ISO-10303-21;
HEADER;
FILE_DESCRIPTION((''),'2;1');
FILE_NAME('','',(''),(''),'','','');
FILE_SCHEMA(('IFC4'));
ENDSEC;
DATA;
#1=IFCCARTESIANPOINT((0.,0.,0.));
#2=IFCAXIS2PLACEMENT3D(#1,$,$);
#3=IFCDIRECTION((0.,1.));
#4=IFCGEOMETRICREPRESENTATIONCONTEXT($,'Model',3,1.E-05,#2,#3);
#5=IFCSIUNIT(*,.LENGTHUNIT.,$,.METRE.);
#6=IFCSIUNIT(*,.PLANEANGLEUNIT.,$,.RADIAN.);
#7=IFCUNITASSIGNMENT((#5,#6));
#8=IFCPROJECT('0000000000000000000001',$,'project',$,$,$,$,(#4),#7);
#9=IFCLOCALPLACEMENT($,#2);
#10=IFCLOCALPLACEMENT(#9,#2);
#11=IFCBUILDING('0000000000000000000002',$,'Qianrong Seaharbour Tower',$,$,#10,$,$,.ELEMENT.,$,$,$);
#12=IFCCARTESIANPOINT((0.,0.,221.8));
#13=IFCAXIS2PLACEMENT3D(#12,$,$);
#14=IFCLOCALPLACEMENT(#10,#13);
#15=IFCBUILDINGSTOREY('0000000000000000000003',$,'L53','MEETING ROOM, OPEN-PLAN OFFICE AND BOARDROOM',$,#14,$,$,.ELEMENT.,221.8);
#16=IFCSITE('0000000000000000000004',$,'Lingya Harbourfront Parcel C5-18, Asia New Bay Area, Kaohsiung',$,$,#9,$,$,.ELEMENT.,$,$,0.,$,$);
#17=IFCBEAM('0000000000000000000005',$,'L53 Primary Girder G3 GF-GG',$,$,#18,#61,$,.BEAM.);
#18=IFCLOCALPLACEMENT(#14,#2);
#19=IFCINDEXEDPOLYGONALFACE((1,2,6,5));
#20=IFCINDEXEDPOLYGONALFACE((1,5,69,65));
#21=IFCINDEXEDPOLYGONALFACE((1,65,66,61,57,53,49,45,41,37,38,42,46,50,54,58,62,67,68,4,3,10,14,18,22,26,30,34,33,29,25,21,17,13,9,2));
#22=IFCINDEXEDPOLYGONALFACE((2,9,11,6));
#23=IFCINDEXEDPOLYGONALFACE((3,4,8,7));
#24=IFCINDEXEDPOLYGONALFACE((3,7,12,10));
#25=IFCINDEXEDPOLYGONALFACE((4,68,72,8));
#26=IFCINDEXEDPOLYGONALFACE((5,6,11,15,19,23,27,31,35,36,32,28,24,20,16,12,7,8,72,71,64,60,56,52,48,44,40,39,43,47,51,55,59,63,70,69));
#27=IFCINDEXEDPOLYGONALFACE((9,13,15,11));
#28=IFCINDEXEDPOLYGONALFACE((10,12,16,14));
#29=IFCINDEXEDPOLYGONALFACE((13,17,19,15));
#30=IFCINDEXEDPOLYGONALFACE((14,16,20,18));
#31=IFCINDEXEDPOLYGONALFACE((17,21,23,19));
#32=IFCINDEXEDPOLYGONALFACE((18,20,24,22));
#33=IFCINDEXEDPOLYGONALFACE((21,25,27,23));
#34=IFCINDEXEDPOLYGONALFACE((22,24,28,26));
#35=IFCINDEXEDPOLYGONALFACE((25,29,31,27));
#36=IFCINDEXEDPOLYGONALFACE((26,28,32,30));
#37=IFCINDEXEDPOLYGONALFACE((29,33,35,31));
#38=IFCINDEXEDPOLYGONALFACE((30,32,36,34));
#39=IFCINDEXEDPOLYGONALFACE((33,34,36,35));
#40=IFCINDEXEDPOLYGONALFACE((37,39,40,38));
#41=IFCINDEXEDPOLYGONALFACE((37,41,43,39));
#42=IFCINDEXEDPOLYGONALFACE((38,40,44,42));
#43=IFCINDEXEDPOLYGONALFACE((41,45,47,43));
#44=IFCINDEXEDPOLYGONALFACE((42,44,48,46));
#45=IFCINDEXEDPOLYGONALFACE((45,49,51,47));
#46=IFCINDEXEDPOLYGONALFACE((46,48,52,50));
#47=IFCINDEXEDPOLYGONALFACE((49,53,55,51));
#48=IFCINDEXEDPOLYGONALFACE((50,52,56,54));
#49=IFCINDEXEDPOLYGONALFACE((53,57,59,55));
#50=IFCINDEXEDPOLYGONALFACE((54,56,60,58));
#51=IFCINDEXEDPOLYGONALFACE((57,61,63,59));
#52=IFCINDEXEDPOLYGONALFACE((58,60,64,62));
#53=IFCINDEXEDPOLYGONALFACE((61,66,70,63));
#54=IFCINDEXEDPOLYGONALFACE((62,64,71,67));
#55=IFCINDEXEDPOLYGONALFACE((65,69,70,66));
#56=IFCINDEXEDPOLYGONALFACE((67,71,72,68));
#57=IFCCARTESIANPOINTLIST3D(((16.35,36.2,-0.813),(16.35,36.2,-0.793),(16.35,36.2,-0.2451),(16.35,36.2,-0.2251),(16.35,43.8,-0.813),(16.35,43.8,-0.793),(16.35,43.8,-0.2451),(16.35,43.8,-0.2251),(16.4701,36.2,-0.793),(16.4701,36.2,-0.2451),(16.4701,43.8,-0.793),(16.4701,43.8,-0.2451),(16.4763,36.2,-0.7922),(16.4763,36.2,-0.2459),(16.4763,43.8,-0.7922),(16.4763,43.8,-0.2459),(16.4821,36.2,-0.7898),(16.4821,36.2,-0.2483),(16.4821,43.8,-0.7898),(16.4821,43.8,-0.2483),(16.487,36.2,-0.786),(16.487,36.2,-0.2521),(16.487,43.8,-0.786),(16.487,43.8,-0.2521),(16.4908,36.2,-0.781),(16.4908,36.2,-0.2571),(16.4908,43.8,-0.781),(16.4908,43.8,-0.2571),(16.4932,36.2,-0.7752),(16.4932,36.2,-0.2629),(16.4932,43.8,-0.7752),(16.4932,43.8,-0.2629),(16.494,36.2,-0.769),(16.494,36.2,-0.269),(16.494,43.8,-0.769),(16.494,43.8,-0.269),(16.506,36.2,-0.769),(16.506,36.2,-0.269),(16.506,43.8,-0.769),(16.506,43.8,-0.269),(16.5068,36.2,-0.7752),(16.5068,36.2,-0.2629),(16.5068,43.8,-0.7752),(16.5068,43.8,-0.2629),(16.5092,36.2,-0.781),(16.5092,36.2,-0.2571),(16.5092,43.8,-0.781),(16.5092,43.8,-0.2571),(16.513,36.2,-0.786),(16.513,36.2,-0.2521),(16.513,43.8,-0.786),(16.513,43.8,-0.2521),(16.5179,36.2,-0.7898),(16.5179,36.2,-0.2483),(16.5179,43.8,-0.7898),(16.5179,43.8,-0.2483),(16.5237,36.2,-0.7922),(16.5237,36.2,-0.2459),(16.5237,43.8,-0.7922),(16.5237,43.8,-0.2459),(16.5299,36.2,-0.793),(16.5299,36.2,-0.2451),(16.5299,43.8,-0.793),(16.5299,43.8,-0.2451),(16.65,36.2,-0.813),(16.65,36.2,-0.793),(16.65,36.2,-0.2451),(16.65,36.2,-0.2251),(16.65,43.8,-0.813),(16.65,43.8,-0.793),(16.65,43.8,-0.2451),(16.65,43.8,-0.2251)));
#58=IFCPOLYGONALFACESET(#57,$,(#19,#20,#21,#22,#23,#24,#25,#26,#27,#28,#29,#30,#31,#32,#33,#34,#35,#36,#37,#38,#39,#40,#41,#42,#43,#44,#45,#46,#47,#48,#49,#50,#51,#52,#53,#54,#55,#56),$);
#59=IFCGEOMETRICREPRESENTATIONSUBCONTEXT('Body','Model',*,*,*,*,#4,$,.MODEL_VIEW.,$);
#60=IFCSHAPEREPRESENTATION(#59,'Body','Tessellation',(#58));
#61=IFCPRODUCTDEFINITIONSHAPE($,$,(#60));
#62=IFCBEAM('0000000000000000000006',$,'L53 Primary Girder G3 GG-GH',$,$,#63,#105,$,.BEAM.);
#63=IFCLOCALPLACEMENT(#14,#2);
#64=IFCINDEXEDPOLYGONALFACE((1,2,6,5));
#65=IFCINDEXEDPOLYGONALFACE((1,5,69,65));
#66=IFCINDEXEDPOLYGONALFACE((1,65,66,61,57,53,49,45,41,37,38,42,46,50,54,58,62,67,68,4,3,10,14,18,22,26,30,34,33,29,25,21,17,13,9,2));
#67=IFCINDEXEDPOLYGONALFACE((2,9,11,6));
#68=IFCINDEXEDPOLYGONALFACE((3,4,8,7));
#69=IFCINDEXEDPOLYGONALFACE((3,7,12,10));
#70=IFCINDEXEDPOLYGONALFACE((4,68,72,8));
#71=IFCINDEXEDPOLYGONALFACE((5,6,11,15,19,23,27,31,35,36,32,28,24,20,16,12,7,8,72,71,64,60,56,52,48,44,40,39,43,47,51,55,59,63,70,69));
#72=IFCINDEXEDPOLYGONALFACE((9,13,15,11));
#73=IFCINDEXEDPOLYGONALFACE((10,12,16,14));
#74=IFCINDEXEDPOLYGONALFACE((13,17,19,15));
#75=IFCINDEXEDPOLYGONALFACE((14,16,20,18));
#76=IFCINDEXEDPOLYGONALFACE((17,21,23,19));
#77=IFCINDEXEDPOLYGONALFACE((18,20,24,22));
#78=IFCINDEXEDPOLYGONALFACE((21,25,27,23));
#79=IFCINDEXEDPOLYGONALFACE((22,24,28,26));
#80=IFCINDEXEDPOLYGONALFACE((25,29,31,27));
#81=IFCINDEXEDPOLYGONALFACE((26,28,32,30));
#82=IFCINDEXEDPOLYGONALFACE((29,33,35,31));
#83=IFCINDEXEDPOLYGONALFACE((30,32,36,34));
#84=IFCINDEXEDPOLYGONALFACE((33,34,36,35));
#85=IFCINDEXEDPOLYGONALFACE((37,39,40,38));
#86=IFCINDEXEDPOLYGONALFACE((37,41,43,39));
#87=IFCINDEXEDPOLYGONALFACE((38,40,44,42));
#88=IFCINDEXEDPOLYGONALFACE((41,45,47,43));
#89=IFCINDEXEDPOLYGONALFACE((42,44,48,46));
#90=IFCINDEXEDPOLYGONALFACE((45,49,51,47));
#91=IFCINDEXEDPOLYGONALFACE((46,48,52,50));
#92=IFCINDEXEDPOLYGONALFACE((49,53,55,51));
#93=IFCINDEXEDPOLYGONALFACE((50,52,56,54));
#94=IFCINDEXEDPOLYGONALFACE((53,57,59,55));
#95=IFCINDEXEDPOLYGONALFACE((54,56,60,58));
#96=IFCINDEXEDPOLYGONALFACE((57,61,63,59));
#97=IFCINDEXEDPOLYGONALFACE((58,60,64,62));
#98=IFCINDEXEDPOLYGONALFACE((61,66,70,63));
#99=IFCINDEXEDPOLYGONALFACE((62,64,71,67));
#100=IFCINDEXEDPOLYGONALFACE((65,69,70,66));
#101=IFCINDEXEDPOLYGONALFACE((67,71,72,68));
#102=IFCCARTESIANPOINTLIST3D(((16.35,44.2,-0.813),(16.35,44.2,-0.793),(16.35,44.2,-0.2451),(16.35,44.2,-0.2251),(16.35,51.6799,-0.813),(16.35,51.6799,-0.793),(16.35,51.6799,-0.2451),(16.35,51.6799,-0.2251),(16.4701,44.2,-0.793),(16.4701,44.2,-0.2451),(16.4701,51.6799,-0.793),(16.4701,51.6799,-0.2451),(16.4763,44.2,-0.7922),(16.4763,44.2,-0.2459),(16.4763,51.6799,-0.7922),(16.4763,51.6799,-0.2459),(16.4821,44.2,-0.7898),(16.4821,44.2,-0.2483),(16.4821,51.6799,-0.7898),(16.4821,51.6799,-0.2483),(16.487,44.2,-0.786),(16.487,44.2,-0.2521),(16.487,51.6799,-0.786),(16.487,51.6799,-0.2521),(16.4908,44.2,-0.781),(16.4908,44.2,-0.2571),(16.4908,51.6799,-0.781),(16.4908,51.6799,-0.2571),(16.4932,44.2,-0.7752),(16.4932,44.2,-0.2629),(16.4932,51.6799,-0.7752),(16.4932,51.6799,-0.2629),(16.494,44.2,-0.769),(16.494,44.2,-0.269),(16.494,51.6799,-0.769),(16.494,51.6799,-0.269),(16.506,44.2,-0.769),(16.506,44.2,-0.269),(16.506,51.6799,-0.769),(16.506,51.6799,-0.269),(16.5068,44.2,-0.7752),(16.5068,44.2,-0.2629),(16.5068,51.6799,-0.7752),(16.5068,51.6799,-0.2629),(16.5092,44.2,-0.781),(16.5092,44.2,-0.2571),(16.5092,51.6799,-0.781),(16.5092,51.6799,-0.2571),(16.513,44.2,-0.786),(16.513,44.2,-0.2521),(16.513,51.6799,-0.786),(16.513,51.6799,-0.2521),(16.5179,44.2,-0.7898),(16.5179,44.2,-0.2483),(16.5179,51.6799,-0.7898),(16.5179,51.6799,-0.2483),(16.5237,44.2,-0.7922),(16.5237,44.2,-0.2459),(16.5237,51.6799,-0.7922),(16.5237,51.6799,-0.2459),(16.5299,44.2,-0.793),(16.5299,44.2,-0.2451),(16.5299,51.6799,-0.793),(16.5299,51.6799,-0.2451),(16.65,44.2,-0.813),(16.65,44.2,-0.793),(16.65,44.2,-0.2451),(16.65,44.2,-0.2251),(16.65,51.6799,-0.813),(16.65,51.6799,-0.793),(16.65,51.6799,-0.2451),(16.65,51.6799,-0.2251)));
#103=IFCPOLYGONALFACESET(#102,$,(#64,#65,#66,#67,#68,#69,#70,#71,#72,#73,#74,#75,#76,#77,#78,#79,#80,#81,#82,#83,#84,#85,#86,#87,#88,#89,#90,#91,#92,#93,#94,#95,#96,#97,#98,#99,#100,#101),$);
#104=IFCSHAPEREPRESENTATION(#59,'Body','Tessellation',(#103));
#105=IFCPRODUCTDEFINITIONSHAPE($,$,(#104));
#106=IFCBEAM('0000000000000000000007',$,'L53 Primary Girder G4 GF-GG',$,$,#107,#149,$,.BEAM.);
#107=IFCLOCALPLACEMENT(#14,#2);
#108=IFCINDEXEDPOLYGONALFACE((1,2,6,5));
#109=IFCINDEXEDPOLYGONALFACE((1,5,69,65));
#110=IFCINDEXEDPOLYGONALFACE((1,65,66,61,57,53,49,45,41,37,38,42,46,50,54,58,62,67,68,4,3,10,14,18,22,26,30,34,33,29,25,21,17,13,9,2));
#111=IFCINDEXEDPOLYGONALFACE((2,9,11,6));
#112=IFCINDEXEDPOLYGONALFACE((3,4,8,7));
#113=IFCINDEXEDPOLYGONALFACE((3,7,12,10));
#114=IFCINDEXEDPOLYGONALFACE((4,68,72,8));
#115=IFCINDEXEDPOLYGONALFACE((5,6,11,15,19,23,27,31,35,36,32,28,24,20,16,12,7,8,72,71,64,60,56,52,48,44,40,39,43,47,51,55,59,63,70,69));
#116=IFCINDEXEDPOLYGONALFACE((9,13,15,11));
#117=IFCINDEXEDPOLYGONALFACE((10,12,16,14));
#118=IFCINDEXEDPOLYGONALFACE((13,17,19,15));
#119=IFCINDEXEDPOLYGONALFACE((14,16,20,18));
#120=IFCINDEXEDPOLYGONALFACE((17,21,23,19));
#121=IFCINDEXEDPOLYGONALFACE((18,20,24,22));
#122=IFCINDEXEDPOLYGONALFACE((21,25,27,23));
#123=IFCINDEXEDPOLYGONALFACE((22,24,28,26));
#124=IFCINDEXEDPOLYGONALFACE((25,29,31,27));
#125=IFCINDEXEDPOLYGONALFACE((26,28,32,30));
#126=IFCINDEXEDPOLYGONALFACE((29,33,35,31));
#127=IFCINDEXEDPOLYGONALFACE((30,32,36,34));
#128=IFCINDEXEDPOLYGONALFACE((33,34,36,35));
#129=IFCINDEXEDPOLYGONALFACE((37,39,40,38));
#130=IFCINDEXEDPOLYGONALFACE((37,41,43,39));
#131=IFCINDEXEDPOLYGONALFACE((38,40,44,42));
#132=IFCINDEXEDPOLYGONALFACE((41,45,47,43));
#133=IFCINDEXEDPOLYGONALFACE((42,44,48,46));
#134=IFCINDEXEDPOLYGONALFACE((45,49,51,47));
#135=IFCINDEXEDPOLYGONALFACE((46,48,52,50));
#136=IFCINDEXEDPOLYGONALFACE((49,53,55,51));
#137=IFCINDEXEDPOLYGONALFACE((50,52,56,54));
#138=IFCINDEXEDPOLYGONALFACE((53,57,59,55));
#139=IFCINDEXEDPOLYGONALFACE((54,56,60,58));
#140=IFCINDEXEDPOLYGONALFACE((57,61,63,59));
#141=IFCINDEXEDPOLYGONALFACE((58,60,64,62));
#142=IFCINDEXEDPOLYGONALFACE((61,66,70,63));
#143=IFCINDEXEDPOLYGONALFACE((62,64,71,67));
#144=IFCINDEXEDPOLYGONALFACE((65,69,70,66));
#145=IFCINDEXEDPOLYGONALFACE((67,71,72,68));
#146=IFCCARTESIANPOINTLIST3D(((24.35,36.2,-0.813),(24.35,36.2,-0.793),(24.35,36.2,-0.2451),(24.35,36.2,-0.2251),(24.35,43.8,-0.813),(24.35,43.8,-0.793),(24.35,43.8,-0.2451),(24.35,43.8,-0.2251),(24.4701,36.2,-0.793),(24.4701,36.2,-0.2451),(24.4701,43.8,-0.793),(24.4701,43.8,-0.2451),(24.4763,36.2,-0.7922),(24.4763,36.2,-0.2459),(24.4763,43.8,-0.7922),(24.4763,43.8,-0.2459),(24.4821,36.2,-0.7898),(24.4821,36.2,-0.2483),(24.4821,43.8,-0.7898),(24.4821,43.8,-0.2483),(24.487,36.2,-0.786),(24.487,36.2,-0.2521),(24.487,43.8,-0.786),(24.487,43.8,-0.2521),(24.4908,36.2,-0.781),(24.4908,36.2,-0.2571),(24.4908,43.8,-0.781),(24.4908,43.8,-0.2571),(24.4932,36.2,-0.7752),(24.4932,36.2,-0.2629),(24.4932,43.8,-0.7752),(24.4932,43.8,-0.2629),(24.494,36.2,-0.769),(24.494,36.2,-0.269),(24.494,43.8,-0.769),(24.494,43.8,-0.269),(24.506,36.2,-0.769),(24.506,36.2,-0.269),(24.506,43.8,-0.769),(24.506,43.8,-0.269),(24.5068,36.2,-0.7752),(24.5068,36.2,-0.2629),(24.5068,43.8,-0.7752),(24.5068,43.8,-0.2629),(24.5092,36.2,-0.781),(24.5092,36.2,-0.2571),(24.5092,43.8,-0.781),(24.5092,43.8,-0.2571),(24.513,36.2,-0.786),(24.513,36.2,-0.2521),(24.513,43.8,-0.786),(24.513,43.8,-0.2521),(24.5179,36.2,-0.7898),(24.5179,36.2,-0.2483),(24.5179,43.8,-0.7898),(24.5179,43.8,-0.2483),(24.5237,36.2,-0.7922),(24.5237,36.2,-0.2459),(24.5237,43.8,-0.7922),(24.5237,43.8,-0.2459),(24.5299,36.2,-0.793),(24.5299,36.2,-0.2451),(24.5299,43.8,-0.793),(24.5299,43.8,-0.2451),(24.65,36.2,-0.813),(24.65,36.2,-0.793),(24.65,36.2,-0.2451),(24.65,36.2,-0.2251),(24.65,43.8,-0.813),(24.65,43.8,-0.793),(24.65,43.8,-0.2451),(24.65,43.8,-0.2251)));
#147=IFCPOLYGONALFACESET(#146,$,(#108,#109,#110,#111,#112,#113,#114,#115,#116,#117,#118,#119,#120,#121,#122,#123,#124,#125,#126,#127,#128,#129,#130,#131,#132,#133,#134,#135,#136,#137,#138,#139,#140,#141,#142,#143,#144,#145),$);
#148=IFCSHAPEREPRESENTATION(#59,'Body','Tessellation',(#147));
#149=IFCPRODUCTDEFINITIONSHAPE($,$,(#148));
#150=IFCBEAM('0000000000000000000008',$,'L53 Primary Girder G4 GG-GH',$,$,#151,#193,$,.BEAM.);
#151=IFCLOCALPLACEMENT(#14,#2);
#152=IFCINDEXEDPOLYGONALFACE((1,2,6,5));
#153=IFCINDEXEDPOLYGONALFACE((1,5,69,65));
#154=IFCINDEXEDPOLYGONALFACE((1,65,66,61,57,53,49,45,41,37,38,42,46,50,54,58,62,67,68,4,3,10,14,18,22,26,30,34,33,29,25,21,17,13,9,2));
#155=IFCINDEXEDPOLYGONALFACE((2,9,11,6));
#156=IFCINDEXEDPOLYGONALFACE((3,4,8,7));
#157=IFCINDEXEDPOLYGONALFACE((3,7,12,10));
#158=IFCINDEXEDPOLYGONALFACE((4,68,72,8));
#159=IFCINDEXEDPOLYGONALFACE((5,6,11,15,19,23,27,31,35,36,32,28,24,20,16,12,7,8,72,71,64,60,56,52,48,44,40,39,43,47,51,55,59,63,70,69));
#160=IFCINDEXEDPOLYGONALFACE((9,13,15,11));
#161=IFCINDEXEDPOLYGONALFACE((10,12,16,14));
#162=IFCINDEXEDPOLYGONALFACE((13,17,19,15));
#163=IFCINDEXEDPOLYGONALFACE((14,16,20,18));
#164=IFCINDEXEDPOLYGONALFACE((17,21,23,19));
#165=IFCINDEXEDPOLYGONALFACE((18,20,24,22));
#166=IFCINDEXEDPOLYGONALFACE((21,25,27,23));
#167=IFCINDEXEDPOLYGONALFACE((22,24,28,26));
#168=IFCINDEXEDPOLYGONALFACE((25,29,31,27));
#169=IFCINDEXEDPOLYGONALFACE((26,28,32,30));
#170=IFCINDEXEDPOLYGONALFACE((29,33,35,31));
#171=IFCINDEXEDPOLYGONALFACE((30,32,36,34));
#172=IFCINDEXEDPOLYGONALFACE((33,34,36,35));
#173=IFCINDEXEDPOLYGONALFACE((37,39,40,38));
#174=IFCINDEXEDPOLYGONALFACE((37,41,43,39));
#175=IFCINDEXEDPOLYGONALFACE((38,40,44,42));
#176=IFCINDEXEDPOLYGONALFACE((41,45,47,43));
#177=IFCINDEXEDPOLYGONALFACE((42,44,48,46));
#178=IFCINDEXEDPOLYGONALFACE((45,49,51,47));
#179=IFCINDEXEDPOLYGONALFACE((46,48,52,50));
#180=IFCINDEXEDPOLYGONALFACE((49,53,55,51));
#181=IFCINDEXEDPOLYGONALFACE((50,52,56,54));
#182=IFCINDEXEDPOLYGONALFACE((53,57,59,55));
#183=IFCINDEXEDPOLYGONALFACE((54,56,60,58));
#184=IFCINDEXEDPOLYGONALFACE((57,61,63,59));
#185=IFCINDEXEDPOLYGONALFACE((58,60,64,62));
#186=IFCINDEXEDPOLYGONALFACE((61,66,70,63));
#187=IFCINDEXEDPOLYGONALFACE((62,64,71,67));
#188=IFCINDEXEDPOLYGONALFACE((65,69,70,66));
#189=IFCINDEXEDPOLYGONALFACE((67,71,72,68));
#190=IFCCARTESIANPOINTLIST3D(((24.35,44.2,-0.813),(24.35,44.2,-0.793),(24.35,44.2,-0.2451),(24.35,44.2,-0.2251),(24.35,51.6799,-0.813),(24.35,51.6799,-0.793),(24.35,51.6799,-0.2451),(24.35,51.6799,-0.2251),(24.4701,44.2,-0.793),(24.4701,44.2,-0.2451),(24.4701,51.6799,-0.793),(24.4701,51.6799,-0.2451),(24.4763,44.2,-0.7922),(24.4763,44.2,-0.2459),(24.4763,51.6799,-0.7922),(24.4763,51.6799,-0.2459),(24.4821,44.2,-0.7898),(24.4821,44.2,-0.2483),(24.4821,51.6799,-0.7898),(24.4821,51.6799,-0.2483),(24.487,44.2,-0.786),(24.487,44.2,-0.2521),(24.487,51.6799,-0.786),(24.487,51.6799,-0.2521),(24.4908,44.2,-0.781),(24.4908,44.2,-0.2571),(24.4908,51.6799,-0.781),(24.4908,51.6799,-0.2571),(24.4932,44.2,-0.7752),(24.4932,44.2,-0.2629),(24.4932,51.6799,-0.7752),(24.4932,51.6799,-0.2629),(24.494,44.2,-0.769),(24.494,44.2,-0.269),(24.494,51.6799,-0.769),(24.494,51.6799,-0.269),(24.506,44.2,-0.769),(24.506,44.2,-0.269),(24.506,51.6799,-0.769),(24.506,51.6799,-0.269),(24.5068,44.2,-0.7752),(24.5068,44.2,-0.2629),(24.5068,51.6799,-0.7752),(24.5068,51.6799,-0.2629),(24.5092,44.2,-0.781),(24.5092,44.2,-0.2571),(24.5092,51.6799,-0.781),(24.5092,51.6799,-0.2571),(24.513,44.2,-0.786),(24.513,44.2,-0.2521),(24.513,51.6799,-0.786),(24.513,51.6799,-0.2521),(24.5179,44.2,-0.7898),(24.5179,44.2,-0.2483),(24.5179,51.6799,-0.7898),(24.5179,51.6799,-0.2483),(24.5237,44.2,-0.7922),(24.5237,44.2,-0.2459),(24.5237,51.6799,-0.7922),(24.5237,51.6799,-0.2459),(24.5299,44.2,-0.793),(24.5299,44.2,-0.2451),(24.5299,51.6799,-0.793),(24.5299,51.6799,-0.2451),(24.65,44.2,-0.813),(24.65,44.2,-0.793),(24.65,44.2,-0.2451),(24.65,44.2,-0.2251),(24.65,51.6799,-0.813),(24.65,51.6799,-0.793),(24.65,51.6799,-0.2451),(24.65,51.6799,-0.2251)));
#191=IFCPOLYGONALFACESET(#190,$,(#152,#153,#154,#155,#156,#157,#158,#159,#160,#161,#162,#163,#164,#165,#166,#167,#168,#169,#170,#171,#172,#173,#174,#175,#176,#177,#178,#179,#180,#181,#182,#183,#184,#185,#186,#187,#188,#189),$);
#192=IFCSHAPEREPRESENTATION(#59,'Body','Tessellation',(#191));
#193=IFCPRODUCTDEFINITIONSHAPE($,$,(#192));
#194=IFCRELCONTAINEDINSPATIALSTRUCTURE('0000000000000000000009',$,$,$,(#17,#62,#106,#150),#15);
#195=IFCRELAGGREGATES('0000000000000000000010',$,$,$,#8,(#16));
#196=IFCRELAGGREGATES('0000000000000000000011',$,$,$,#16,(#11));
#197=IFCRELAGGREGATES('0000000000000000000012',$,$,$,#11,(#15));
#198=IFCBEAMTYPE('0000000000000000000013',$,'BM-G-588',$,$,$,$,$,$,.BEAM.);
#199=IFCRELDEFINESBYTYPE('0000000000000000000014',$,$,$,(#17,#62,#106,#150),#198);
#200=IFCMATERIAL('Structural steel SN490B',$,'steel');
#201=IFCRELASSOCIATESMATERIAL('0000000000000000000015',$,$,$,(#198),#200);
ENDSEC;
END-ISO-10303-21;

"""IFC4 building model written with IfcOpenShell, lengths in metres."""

from ifc_helpers import new_model, si_unit, direction, frame, origin, origin_2d, place, context, subcontext, project, spatial, i_section, extrude, material, material_profile, profile_set, type_object, element, save


model = new_model("IFC4")

# Units and contexts
model_context = context("Model", 3, precision=1e-05, world=origin(), true_north=direction((0.0, 1.0)))
body_context = subcontext(model_context, "Body", "Model", "MODEL_VIEW")
ifc_project = project(units=[si_unit("LENGTHUNIT", "METRE"), si_unit("PLANEANGLEUNIT", "RADIAN")], contexts=[model_context])

# Site, building, storey
site_placement = place(None, origin())
site = spatial("IfcSite", under=ifc_project, at=site_placement, Name="Lingya Harbourfront Parcel C5-18, Asia New Bay Area, Kaohsiung", CompositionType="ELEMENT", RefElevation=0.0)
building_placement = place(site_placement, origin())
building = spatial("IfcBuilding", under=site, at=building_placement, Name="Qianrong Seaharbour Tower", CompositionType="ELEMENT")
storey_placement = place(building_placement, frame((0.0, 0.0, 221.8)))
storey = spatial("IfcBuildingStorey", under=building, at=storey_placement, Name="L53", Description="MEETING ROOM, OPEN-PLAN OFFICE AND BOARDROOM", CompositionType="ELEMENT", Elevation=221.8)

# Shared definitions
ifc_material_1 = material(Name="Structural steel SN490B", Category="steel")

# Beams
ifc_material_profile_1 = material_profile(ifc_material_1, i_section(OverallWidth=0.3, OverallDepth=0.5879, WebThickness=0.012, FlangeThickness=0.02, FilletRadius=0.0239, at=origin_2d()), Name="H588x300x12x20")
ifc_profile_set_1 = profile_set([ifc_material_profile_1], Name="Structural steel SN490B")
beam_type_1 = type_object("IfcBeamType", Name="BM-G-588", PredefinedType="BEAM", material=ifc_profile_set_1)
for number, where, z_axis, x_axis, name in (
    (1, (16.5, 36.2, -0.519), (0.0, 1.0, 0.0), (-1.0, 0.0, 0.0), "L53 Primary Girder G3 GF-GG"),
):
    element("IfcBeam", number, at=place(storey_placement, frame(where, z_axis=z_axis, x_axis=x_axis)), inside=storey, type_object=beam_type_1, Name=name, PredefinedType="BEAM", context=body_context, shape_type="SweptSolid", body=[
        extrude(i_section(OverallWidth=0.3, OverallDepth=0.5879, WebThickness=0.012, FlangeThickness=0.02, FilletRadius=0.0239, at=origin_2d()), origin(), (0.0, 0.0, 1.0), 7.6001),
    ])
beam_1_placement = place(storey_placement, frame((16.5, 44.2, -0.519), z_axis=(0.0, 1.0, 0.0), x_axis=(-1.0, 0.0, 0.0)))
element("IfcBeam", 2, at=beam_1_placement, inside=storey, type_object=beam_type_1, Name="L53 Primary Girder G3 GG-GH", PredefinedType="BEAM", context=body_context, shape_type="SweptSolid", body=[
    extrude(i_section(OverallWidth=0.3, OverallDepth=0.5879, WebThickness=0.012, FlangeThickness=0.02, FilletRadius=0.0239, at=origin_2d()), origin(), (0.0, 0.0, 1.0), 7.48),
])
beam_2_placement = place(storey_placement, frame((24.5, 36.2, -0.519), z_axis=(0.0, 1.0, 0.0), x_axis=(-1.0, 0.0, 0.0)))
element("IfcBeam", 3, at=beam_2_placement, inside=storey, type_object=beam_type_1, Name="L53 Primary Girder G4 GF-GG", PredefinedType="BEAM", context=body_context, shape_type="SweptSolid", body=[
    extrude(i_section(OverallWidth=0.3, OverallDepth=0.5879, WebThickness=0.012, FlangeThickness=0.02, FilletRadius=0.0239, at=origin_2d()), origin(), (0.0, 0.0, 1.0), 7.6001),
])
beam_3_placement = place(storey_placement, frame((24.5, 44.2, -0.519), z_axis=(0.0, 1.0, 0.0), x_axis=(-1.0, 0.0, 0.0)))
element("IfcBeam", 4, at=beam_3_placement, inside=storey, type_object=beam_type_1, Name="L53 Primary Girder G4 GG-GH", PredefinedType="BEAM", context=body_context, shape_type="SweptSolid", body=[
    extrude(i_section(OverallWidth=0.3, OverallDepth=0.5879, WebThickness=0.012, FlangeThickness=0.02, FilletRadius=0.0239, at=origin_2d()), origin(), (0.0, 0.0, 1.0), 7.48),
])

save(model, "model.ifc")
